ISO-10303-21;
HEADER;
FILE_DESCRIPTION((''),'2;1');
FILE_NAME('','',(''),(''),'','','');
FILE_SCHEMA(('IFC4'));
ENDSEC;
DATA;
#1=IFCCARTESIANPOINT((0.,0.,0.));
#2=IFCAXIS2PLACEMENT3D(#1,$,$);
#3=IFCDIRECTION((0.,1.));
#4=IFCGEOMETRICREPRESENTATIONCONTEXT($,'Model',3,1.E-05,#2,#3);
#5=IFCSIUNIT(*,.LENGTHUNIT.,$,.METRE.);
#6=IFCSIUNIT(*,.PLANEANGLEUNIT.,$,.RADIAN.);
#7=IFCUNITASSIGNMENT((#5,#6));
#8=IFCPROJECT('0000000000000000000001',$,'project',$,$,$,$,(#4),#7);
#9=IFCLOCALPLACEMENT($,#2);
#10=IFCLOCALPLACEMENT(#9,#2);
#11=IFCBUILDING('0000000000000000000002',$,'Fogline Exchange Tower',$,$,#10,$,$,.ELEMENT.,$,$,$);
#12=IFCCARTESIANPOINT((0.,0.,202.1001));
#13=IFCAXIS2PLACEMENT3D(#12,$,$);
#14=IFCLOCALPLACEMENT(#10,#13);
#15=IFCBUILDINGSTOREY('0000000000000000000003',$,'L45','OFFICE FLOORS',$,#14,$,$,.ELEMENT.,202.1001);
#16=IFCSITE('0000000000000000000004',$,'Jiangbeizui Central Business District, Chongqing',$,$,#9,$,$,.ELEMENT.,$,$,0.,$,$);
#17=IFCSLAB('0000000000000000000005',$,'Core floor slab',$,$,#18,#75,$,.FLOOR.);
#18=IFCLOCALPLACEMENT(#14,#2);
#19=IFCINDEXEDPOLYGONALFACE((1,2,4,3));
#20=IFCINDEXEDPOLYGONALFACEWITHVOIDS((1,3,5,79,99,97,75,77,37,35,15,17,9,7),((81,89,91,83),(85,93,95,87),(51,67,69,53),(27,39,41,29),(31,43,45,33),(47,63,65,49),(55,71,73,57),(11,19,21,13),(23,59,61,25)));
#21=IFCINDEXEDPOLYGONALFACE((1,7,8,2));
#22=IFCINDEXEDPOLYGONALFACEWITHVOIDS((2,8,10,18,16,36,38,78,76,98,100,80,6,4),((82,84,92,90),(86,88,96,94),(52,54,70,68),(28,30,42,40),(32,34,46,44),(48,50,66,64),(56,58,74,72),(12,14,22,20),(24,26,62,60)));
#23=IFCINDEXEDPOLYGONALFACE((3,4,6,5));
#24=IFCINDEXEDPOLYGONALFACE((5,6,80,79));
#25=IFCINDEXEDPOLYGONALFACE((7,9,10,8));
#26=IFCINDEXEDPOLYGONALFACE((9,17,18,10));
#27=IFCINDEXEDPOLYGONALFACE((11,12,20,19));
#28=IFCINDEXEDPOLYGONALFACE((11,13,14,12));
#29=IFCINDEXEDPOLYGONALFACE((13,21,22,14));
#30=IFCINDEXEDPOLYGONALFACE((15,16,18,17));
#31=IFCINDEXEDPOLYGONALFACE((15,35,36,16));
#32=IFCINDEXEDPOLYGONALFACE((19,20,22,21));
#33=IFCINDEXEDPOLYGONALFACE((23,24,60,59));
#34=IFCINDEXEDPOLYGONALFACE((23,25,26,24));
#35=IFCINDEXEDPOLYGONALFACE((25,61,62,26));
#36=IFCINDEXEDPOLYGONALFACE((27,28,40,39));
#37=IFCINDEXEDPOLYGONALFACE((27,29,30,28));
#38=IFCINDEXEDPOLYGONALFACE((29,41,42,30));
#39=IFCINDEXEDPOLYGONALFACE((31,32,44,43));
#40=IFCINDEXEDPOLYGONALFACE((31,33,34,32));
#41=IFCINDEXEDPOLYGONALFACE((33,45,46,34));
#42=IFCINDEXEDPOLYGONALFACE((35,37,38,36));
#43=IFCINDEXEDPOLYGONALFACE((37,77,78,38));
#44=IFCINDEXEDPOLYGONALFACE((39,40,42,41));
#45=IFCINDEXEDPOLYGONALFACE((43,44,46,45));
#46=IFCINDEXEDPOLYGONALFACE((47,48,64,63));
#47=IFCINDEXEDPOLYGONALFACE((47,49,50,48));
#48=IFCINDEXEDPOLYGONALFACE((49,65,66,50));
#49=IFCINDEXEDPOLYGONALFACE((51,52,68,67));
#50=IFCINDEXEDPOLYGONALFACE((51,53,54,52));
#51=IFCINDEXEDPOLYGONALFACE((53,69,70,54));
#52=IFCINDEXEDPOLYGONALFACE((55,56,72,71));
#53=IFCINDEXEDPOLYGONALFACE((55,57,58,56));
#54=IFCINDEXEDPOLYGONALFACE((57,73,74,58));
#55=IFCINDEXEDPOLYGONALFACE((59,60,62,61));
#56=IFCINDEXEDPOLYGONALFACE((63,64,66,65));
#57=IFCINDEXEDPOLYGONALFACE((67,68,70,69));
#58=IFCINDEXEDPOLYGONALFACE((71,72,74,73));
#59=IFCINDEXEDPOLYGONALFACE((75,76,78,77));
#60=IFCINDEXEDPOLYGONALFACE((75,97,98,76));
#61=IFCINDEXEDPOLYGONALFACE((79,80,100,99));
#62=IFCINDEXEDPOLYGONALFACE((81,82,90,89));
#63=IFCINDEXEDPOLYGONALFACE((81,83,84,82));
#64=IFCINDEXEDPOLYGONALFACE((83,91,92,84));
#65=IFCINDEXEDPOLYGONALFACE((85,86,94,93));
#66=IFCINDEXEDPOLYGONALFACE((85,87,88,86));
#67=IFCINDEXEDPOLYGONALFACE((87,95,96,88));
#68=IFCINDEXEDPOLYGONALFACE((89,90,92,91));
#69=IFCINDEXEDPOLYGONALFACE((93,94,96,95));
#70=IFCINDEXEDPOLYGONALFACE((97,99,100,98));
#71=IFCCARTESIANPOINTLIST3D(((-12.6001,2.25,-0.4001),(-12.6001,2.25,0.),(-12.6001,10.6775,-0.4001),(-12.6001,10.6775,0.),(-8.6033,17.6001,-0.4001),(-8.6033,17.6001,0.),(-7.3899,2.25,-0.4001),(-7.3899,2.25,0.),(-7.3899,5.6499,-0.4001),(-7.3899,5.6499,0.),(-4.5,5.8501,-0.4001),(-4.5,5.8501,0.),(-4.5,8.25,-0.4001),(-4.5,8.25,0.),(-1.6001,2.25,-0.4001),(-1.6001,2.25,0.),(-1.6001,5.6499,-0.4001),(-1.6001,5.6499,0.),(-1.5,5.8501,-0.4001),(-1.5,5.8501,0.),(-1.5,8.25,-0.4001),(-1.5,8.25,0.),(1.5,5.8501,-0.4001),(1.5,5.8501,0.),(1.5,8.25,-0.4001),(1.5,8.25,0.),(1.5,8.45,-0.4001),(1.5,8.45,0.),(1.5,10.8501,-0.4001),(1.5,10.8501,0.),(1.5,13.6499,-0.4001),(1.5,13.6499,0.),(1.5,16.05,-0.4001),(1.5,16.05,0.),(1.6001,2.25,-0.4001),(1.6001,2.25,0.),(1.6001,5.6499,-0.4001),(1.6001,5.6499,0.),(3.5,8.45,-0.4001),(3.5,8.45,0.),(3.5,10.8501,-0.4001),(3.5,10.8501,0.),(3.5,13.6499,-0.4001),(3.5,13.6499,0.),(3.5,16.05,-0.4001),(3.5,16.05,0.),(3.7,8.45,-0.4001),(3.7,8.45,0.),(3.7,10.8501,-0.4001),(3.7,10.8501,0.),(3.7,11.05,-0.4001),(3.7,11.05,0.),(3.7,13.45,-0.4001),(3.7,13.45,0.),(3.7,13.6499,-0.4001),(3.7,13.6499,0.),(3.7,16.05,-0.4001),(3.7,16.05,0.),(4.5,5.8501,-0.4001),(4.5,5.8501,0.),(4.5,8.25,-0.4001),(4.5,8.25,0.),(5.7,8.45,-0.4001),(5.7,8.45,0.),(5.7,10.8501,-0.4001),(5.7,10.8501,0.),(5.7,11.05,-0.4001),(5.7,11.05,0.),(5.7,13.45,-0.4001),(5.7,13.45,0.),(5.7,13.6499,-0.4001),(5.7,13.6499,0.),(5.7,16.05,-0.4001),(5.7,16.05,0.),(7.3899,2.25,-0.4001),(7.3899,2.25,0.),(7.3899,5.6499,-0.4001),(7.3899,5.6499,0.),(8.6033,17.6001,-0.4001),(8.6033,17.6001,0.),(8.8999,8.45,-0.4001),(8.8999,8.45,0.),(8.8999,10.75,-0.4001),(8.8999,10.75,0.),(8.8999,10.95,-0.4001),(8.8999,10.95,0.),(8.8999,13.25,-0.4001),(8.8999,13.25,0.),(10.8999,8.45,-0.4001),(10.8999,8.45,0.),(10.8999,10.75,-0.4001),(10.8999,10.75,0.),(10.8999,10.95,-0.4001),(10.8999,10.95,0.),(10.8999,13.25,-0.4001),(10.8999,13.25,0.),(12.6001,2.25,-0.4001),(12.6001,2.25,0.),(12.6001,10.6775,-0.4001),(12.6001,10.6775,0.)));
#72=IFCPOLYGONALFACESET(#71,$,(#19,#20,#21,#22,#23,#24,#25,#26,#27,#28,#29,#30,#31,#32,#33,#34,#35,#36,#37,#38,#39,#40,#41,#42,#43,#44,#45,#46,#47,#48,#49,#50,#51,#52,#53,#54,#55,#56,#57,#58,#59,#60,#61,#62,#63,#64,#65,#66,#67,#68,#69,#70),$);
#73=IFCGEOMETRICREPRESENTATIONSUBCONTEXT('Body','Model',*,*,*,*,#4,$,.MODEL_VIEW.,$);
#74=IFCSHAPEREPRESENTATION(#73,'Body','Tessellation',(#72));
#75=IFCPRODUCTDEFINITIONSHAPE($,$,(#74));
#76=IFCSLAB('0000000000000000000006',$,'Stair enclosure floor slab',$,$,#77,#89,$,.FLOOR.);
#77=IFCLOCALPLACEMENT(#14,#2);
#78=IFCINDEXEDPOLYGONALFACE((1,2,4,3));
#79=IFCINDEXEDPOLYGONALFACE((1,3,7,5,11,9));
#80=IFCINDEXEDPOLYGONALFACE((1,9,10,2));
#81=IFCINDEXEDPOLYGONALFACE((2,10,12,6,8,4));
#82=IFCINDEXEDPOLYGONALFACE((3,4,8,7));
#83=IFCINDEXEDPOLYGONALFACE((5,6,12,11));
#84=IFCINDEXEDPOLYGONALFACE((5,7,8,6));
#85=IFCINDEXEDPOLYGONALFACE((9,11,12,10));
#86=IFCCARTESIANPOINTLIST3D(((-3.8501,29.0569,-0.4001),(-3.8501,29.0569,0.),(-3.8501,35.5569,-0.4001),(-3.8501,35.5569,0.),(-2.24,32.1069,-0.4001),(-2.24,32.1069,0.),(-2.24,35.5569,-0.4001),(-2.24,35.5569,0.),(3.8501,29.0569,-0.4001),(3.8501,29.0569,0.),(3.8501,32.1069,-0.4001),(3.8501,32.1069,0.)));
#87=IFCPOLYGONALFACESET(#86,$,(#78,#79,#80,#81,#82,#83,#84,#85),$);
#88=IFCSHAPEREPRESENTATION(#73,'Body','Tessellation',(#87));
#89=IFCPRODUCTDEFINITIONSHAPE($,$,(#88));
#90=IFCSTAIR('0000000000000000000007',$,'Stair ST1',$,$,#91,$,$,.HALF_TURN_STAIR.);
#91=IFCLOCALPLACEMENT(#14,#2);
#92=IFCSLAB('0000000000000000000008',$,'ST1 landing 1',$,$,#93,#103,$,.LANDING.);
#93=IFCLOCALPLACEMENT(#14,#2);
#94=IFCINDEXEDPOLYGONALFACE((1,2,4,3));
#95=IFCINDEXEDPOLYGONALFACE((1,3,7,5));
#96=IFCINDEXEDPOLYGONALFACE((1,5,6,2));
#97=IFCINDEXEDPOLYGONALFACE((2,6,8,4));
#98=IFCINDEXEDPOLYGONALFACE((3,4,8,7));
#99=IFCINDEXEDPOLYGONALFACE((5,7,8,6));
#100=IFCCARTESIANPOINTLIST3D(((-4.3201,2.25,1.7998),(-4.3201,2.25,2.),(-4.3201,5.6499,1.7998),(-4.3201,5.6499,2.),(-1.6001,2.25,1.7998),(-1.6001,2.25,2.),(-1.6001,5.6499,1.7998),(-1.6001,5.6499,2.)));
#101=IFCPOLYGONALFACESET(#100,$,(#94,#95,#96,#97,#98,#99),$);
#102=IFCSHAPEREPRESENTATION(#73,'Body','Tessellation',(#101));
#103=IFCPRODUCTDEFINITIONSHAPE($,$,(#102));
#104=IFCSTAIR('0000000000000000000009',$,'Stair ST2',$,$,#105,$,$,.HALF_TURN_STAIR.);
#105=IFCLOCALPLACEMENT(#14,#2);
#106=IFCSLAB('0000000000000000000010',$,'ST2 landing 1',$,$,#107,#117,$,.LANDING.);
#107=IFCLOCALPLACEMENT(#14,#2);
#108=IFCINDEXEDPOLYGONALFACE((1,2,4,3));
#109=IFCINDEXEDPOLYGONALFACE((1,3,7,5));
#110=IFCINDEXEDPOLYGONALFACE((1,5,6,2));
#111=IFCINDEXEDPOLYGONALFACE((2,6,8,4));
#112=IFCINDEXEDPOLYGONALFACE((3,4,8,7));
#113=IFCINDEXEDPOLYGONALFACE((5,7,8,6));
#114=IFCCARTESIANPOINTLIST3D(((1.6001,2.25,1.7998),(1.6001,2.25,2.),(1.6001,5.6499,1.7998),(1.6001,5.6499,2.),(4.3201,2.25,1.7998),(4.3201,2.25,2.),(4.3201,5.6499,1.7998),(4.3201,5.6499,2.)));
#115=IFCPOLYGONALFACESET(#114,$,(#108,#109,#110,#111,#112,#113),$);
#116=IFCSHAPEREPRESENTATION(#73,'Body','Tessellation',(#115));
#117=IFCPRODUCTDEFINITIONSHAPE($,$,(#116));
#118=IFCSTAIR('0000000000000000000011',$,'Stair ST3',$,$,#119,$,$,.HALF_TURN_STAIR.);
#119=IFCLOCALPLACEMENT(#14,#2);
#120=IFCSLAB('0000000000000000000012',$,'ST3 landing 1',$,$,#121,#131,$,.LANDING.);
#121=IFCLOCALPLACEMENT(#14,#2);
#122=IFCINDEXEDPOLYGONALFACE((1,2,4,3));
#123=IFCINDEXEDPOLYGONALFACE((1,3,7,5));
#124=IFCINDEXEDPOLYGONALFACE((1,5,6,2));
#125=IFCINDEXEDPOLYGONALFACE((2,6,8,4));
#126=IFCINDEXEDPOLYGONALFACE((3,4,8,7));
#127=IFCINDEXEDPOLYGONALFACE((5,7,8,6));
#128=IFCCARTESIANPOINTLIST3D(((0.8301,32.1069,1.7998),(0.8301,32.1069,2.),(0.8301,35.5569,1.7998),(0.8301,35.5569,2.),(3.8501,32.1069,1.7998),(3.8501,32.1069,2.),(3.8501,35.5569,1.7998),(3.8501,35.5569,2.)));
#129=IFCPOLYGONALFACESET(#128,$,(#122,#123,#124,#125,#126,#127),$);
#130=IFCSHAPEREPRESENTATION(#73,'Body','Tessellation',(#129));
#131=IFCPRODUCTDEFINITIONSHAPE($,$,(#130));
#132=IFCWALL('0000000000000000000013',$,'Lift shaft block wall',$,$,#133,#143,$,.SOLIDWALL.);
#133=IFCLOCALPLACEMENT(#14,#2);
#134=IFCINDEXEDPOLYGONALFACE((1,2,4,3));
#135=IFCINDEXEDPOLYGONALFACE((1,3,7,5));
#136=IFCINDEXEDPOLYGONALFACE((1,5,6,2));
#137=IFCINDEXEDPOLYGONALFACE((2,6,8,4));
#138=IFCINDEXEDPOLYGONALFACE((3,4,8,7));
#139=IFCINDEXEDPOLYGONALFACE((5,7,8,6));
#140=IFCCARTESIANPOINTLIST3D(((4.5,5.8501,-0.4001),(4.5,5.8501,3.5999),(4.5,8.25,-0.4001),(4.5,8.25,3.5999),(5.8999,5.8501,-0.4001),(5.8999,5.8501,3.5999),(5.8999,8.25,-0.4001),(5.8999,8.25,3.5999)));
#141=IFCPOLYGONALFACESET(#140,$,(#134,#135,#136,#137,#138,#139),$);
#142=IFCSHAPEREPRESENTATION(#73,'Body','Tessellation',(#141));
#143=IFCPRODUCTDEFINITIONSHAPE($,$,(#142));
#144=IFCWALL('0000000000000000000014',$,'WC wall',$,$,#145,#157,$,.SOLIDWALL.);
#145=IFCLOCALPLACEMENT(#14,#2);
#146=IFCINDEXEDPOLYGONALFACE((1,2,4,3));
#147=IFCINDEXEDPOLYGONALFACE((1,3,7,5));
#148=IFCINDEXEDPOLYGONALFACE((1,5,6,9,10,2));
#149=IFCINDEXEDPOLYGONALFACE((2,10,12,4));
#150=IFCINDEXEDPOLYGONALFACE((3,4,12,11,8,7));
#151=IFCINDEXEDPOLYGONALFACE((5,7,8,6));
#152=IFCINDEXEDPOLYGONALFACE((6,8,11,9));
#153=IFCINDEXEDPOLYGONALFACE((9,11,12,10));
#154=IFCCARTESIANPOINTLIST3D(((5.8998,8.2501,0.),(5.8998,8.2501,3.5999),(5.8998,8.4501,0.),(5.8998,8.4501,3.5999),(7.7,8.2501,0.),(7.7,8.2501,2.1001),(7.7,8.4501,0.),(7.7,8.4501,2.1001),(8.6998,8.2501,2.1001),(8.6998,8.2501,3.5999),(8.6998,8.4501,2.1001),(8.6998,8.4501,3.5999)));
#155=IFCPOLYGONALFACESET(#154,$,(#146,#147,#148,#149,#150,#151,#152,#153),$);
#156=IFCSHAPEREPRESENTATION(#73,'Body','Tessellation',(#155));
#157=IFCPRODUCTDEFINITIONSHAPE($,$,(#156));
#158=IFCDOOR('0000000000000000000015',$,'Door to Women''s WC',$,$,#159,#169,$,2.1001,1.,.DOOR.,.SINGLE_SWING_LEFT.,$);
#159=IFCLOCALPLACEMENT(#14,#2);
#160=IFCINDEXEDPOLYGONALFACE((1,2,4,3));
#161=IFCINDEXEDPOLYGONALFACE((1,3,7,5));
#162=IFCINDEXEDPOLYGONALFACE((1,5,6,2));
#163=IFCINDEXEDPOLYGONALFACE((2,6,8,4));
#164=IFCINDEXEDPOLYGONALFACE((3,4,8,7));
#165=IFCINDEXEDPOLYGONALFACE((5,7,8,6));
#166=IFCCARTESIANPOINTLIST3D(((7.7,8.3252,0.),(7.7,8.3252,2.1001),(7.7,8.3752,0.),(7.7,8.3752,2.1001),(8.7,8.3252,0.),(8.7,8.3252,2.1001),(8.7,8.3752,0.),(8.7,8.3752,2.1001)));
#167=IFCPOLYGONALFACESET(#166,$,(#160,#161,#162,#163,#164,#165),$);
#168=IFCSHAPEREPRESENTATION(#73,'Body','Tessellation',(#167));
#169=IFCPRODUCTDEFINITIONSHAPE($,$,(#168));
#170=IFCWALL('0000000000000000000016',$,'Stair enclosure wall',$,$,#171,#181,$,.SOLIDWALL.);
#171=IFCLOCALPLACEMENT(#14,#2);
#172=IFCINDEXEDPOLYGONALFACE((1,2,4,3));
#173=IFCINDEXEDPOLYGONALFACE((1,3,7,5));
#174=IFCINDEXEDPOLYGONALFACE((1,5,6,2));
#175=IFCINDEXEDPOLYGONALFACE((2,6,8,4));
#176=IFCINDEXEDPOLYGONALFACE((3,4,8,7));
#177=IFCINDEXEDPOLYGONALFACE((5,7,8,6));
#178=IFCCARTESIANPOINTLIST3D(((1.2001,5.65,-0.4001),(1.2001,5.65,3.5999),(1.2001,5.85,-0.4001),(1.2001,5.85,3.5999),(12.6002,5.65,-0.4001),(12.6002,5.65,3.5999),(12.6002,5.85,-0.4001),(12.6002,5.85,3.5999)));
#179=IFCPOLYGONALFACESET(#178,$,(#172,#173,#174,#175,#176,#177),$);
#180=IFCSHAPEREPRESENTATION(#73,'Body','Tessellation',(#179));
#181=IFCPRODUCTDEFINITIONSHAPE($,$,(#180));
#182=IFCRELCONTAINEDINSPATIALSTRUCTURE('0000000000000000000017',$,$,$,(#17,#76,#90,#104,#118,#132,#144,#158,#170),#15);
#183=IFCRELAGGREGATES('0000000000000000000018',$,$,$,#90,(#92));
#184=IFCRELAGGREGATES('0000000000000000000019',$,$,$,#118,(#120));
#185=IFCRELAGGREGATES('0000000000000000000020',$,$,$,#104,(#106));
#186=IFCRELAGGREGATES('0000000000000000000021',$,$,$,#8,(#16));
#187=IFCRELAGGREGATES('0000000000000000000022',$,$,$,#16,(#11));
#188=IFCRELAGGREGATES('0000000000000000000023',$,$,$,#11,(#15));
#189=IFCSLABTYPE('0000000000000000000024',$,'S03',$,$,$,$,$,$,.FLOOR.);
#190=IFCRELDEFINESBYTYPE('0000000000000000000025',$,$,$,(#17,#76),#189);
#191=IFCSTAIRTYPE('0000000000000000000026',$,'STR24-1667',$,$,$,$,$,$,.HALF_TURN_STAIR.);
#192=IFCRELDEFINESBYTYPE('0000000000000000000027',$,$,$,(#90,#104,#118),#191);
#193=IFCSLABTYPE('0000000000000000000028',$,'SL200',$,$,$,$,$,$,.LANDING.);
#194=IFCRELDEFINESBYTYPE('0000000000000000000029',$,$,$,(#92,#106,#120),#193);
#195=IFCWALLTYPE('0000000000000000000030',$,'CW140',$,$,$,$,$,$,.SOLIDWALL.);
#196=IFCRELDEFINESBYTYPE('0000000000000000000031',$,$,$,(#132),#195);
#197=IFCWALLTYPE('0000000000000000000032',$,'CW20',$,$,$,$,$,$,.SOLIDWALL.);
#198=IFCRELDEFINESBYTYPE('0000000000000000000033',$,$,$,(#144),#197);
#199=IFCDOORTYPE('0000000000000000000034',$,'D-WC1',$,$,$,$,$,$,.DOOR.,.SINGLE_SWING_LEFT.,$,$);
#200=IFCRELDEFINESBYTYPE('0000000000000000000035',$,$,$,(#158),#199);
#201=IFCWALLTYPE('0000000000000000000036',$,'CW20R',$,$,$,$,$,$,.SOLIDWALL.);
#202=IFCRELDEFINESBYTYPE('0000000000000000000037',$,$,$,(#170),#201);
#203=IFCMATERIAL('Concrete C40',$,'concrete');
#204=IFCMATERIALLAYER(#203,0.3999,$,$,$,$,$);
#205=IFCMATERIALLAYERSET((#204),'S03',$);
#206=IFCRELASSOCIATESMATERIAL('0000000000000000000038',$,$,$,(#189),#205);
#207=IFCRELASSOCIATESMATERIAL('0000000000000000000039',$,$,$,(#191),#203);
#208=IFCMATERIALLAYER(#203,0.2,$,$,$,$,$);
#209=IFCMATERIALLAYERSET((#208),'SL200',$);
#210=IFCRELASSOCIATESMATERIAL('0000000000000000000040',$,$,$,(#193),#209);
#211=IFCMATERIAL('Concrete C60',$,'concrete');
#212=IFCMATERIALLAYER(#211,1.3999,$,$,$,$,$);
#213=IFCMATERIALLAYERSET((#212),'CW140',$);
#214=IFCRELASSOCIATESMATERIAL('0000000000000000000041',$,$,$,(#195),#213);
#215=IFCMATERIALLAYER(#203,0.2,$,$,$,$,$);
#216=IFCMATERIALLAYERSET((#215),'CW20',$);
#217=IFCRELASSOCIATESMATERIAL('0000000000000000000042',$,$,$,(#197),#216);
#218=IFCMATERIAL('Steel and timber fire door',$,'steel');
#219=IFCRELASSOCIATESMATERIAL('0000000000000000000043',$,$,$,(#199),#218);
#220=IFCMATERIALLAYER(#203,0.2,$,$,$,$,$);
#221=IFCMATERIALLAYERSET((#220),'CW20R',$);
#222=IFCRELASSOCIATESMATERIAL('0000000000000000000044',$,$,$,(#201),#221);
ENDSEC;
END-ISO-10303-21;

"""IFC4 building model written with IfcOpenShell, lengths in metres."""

from ifc_helpers import new_model, si_unit, direction, frame, frame_2d, origin, place, context, subcontext, project, spatial, polyline, rectangle, outline, extrude, material, layer, layer_set, type_object, element, fill, aggregate, save


model = new_model("IFC4")

# Units and contexts
model_context = context("Model", 3, precision=1e-05, world=origin(), true_north=direction((0.0, 1.0)))
body_context = subcontext(model_context, "Body", "Model", "MODEL_VIEW")
ifc_project = project(units=[si_unit("LENGTHUNIT", "METRE"), si_unit("PLANEANGLEUNIT", "RADIAN")], contexts=[model_context])

# Site, building, storey
site_placement = place(None, origin())
site = spatial("IfcSite", under=ifc_project, at=site_placement, Name="Jiangbeizui Central Business District, Chongqing", CompositionType="ELEMENT", RefElevation=0.0)
building_placement = place(site_placement, origin())
building = spatial("IfcBuilding", under=site, at=building_placement, Name="Fogline Exchange Tower", CompositionType="ELEMENT")
storey_placement = place(building_placement, frame((0.0, 0.0, 202.1001)))
storey = spatial("IfcBuildingStorey", under=building, at=storey_placement, Name="L45", Description="OFFICE FLOORS", CompositionType="ELEMENT", Elevation=202.1001)

# Slabs
ifc_material_1 = material(Name="Concrete C40", Category="concrete")
ifc_layer_1 = layer(ifc_material_1, 0.3999)
ifc_layer_set_1 = layer_set([ifc_layer_1], Name="S03")
slab_type_1 = type_object("IfcSlabType", Name="S03", PredefinedType="FLOOR", material=ifc_layer_set_1)
slab_1_placement = place(storey_placement, frame((0.0, 0.0, -0.4001)))
element("IfcSlab", 1, at=slab_1_placement, inside=storey, type_object=slab_type_1, Name="Core floor slab", PredefinedType="FLOOR", context=body_context, shape_type="SweptSolid", body=[
    extrude(outline(polyline([(-12.6001, 2.25), (-12.6001, 10.6775), (-8.6033, 17.6001), (8.6033, 17.6001), (12.6001, 10.6775), (12.6001, 2.25), (7.3899, 2.25), (7.3899, 5.6499), (1.6001, 5.6499), (1.6001, 2.25), (-1.6001, 2.25), (-1.6001, 5.6499), (-7.3899, 5.6499), (-7.3899, 2.25), (-12.6001, 2.25)]), holes=[polyline([(-4.5, 8.25), (-4.5, 5.8501), (-1.5, 5.8501), (-1.5, 8.25), (-4.5, 8.25)]), polyline([(4.5, 8.25), (1.5, 8.25), (1.5, 5.8501), (4.5, 5.8501), (4.5, 8.25)]), polyline([(3.5, 10.8501), (1.5, 10.8501), (1.5, 8.45), (3.5, 8.45), (3.5, 10.8501)]), polyline([(1.5, 16.05), (1.5, 13.6499), (3.5, 13.6499), (3.5, 16.05), (1.5, 16.05)]), polyline([(10.8999, 10.75), (8.8999, 10.75), (8.8999, 8.45), (10.8999, 8.45), (10.8999, 10.75)]), polyline([(5.7, 10.8501), (3.7, 10.8501), (3.7, 8.45), (5.7, 8.45), (5.7, 10.8501)]), polyline([(8.8999, 13.25), (8.8999, 10.95), (10.8999, 10.95), (10.8999, 13.25), (8.8999, 13.25)]), polyline([(5.7, 13.45), (3.7, 13.45), (3.7, 11.05), (5.7, 11.05), (5.7, 13.45)]), polyline([(5.7, 16.05), (3.7, 16.05), (3.7, 13.6499), (5.7, 13.6499), (5.7, 16.05)])]), origin(), (0.0, 0.0, 1.0), 0.4001),
])
slab_2_placement = place(storey_placement, frame((0.0, 0.0, -0.4001)))
element("IfcSlab", 2, at=slab_2_placement, inside=storey, type_object=slab_type_1, Name="Stair enclosure floor slab", PredefinedType="FLOOR", context=body_context, shape_type="SweptSolid", body=[
    extrude(outline(polyline([(3.8501, 29.0569), (-3.8501, 29.0569), (-3.8501, 35.5569), (-2.24, 35.5569), (-2.24, 32.1069), (3.8501, 32.1069), (3.8501, 29.0569)])), origin(), (0.0, 0.0, 1.0), 0.4001),
])

# Stairs, slabs
stair_type = type_object("IfcStairType", Name="STR24-1667", PredefinedType="HALF_TURN_STAIR", material=ifc_material_1)
stair_1_placement = place(storey_placement, origin())
stair_1 = element("IfcStair", 3, at=stair_1_placement, inside=storey, type_object=stair_type, Name="Stair ST1", PredefinedType="HALF_TURN_STAIR")
ifc_layer_2 = layer(ifc_material_1, 0.2)
ifc_layer_set_2 = layer_set([ifc_layer_2], Name="SL200")
slab_type_2 = type_object("IfcSlabType", Name="SL200", PredefinedType="LANDING", material=ifc_layer_set_2)
slab_3_placement = place(storey_placement, frame((0.0, 0.0, 1.7998)))
slab_3 = element("IfcSlab", 4, at=slab_3_placement, type_object=slab_type_2, Name="ST1 landing 1", PredefinedType="LANDING", context=body_context, shape_type="SweptSolid", body=[
    extrude(outline(polyline([(-4.3201, 2.25), (-1.6001, 2.25), (-1.6001, 5.6499), (-4.3201, 5.6499), (-4.3201, 2.25)])), origin(), (0.0, 0.0, 1.0), 0.2002),
])
aggregate(stair_1, [slab_3])
stair_2_placement = place(storey_placement, origin())
stair_2 = element("IfcStair", 5, at=stair_2_placement, inside=storey, type_object=stair_type, Name="Stair ST2", PredefinedType="HALF_TURN_STAIR")
slab_4_placement = place(storey_placement, frame((0.0, 0.0, 1.7998)))
slab_4 = element("IfcSlab", 6, at=slab_4_placement, type_object=slab_type_2, Name="ST2 landing 1", PredefinedType="LANDING", context=body_context, shape_type="SweptSolid", body=[
    extrude(outline(polyline([(1.6001, 2.25), (4.3201, 2.25), (4.3201, 5.6499), (1.6001, 5.6499), (1.6001, 2.25)])), origin(), (0.0, 0.0, 1.0), 0.2002),
])
stair_3_placement = place(storey_placement, origin())
stair_3 = element("IfcStair", 7, at=stair_3_placement, inside=storey, type_object=stair_type, Name="Stair ST3", PredefinedType="HALF_TURN_STAIR")
slab_5_placement = place(storey_placement, frame((0.0, 0.0, 1.7998)))
slab_5 = element("IfcSlab", 8, at=slab_5_placement, type_object=slab_type_2, Name="ST3 landing 1", PredefinedType="LANDING", context=body_context, shape_type="SweptSolid", body=[
    extrude(outline(polyline([(0.8301, 32.1069), (3.8501, 32.1069), (3.8501, 35.5569), (0.8301, 35.5569), (0.8301, 32.1069)])), origin(), (0.0, 0.0, 1.0), 0.2002),
])
aggregate(stair_3, [slab_5])

# Wall
ifc_material_2 = material(Name="Concrete C60", Category="concrete")
ifc_layer_3 = layer(ifc_material_2, 1.3999)
ifc_layer_set_3 = layer_set([ifc_layer_3], Name="CW140")
wall_type_1 = type_object("IfcWallType", Name="CW140", PredefinedType="SOLIDWALL", material=ifc_layer_set_3)
wall_1_placement = place(storey_placement, frame((5.2, 5.8501, -0.4001), z_axis=(0.0, 0.0, 1.0), x_axis=(0.0, 1.0, 0.0)))
element("IfcWall", 9, at=wall_1_placement, inside=storey, type_object=wall_type_1, Name="Lift shaft block wall", PredefinedType="SOLIDWALL", context=body_context, shape_type="SweptSolid", body=[
    extrude(rectangle(XDim=2.3999, YDim=1.3999, at=frame_2d((1.2, 0.0))), origin(), (0.0, 0.0, 1.0), 4.0),
])

# Wall, opening, door
ifc_layer_4 = layer(ifc_material_1, 0.2)
ifc_layer_set_4 = layer_set([ifc_layer_4], Name="CW20")
wall_type_2 = type_object("IfcWallType", Name="CW20", PredefinedType="SOLIDWALL", material=ifc_layer_set_4)
wall_2_placement = place(storey_placement, frame((5.8999, 8.3501, 0.0), z_axis=(0.0, 0.0, 1.0), x_axis=(1.0, 0.0, 0.0)))
wall_2 = element("IfcWall", 10, at=wall_2_placement, inside=storey, type_object=wall_type_2, Name="WC wall", PredefinedType="SOLIDWALL", context=body_context, shape_type="SweptSolid", body=[
    extrude(rectangle(XDim=2.8, YDim=0.2, at=frame_2d((1.3999, 0.0))), origin(), (0.0, 0.0, 1.0), 3.5999),
])
opening_1_placement = place(wall_2_placement, frame((1.8, 0.0, 0.0)))
opening_1 = element("IfcOpeningElement", 11, at=opening_1_placement, cuts=wall_2, PredefinedType="OPENING", context=body_context, shape_type="SweptSolid", body=[
    extrude(rectangle(XDim=1.0, YDim=2.1001, at=frame_2d((0.5, 1.05))), frame((0.0, 0.1099, 0.0), z_axis=(0.0, -1.0, 0.0), x_axis=(1.0, 0.0, 0.0)), (0.0, 0.0, 1.0), 0.22),
])
ifc_material_3 = material(Name="Steel and timber fire door", Category="steel")
door_type_1 = type_object("IfcDoorType", Name="D-WC1", OperationType="SINGLE_SWING_LEFT", PredefinedType="DOOR", material=ifc_material_3)
door_1_placement = place(opening_1_placement, frame((1.0, 0.0, 0.0), z_axis=(0.0, 0.0, 1.0), x_axis=(-1.0, 0.0, 0.0)))
door_1 = element("IfcDoor", 12, at=door_1_placement, inside=storey, type_object=door_type_1, Name="Door to Women's WC", OperationType="SINGLE_SWING_LEFT", OverallHeight=2.1001, OverallWidth=1.0, PredefinedType="DOOR", context=body_context, shape_type="SweptSolid", body=[
    extrude(rectangle(XDim=1.0, YDim=2.1001, at=frame_2d((0.5, 1.05))), frame((0.0, 0.0249, 0.0), z_axis=(0.0, -1.0, 0.0), x_axis=(1.0, 0.0, 0.0)), (0.0, 0.0, 1.0), 0.05),
])
fill(opening_1, door_1)

# Wall
ifc_layer_5 = layer(ifc_material_1, 0.2)
ifc_layer_set_5 = layer_set([ifc_layer_5], Name="CW20R")
wall_type_3 = type_object("IfcWallType", Name="CW20R", PredefinedType="SOLIDWALL", material=ifc_layer_set_5)
wall_3_placement = place(storey_placement, frame((1.2, 5.75, -0.4001), z_axis=(0.0, 0.0, 1.0), x_axis=(1.0, 0.0, 0.0)))
element("IfcWall", 13, at=wall_3_placement, inside=storey, type_object=wall_type_3, Name="Stair enclosure wall", PredefinedType="SOLIDWALL", context=body_context, shape_type="SweptSolid", body=[
    extrude(rectangle(XDim=11.4001, YDim=0.2, at=frame_2d((5.7002, 0.0))), origin(), (0.0, 0.0, 1.0), 4.0),
])

aggregate(stair_2, [slab_4])

save(model, "model.ifc")
